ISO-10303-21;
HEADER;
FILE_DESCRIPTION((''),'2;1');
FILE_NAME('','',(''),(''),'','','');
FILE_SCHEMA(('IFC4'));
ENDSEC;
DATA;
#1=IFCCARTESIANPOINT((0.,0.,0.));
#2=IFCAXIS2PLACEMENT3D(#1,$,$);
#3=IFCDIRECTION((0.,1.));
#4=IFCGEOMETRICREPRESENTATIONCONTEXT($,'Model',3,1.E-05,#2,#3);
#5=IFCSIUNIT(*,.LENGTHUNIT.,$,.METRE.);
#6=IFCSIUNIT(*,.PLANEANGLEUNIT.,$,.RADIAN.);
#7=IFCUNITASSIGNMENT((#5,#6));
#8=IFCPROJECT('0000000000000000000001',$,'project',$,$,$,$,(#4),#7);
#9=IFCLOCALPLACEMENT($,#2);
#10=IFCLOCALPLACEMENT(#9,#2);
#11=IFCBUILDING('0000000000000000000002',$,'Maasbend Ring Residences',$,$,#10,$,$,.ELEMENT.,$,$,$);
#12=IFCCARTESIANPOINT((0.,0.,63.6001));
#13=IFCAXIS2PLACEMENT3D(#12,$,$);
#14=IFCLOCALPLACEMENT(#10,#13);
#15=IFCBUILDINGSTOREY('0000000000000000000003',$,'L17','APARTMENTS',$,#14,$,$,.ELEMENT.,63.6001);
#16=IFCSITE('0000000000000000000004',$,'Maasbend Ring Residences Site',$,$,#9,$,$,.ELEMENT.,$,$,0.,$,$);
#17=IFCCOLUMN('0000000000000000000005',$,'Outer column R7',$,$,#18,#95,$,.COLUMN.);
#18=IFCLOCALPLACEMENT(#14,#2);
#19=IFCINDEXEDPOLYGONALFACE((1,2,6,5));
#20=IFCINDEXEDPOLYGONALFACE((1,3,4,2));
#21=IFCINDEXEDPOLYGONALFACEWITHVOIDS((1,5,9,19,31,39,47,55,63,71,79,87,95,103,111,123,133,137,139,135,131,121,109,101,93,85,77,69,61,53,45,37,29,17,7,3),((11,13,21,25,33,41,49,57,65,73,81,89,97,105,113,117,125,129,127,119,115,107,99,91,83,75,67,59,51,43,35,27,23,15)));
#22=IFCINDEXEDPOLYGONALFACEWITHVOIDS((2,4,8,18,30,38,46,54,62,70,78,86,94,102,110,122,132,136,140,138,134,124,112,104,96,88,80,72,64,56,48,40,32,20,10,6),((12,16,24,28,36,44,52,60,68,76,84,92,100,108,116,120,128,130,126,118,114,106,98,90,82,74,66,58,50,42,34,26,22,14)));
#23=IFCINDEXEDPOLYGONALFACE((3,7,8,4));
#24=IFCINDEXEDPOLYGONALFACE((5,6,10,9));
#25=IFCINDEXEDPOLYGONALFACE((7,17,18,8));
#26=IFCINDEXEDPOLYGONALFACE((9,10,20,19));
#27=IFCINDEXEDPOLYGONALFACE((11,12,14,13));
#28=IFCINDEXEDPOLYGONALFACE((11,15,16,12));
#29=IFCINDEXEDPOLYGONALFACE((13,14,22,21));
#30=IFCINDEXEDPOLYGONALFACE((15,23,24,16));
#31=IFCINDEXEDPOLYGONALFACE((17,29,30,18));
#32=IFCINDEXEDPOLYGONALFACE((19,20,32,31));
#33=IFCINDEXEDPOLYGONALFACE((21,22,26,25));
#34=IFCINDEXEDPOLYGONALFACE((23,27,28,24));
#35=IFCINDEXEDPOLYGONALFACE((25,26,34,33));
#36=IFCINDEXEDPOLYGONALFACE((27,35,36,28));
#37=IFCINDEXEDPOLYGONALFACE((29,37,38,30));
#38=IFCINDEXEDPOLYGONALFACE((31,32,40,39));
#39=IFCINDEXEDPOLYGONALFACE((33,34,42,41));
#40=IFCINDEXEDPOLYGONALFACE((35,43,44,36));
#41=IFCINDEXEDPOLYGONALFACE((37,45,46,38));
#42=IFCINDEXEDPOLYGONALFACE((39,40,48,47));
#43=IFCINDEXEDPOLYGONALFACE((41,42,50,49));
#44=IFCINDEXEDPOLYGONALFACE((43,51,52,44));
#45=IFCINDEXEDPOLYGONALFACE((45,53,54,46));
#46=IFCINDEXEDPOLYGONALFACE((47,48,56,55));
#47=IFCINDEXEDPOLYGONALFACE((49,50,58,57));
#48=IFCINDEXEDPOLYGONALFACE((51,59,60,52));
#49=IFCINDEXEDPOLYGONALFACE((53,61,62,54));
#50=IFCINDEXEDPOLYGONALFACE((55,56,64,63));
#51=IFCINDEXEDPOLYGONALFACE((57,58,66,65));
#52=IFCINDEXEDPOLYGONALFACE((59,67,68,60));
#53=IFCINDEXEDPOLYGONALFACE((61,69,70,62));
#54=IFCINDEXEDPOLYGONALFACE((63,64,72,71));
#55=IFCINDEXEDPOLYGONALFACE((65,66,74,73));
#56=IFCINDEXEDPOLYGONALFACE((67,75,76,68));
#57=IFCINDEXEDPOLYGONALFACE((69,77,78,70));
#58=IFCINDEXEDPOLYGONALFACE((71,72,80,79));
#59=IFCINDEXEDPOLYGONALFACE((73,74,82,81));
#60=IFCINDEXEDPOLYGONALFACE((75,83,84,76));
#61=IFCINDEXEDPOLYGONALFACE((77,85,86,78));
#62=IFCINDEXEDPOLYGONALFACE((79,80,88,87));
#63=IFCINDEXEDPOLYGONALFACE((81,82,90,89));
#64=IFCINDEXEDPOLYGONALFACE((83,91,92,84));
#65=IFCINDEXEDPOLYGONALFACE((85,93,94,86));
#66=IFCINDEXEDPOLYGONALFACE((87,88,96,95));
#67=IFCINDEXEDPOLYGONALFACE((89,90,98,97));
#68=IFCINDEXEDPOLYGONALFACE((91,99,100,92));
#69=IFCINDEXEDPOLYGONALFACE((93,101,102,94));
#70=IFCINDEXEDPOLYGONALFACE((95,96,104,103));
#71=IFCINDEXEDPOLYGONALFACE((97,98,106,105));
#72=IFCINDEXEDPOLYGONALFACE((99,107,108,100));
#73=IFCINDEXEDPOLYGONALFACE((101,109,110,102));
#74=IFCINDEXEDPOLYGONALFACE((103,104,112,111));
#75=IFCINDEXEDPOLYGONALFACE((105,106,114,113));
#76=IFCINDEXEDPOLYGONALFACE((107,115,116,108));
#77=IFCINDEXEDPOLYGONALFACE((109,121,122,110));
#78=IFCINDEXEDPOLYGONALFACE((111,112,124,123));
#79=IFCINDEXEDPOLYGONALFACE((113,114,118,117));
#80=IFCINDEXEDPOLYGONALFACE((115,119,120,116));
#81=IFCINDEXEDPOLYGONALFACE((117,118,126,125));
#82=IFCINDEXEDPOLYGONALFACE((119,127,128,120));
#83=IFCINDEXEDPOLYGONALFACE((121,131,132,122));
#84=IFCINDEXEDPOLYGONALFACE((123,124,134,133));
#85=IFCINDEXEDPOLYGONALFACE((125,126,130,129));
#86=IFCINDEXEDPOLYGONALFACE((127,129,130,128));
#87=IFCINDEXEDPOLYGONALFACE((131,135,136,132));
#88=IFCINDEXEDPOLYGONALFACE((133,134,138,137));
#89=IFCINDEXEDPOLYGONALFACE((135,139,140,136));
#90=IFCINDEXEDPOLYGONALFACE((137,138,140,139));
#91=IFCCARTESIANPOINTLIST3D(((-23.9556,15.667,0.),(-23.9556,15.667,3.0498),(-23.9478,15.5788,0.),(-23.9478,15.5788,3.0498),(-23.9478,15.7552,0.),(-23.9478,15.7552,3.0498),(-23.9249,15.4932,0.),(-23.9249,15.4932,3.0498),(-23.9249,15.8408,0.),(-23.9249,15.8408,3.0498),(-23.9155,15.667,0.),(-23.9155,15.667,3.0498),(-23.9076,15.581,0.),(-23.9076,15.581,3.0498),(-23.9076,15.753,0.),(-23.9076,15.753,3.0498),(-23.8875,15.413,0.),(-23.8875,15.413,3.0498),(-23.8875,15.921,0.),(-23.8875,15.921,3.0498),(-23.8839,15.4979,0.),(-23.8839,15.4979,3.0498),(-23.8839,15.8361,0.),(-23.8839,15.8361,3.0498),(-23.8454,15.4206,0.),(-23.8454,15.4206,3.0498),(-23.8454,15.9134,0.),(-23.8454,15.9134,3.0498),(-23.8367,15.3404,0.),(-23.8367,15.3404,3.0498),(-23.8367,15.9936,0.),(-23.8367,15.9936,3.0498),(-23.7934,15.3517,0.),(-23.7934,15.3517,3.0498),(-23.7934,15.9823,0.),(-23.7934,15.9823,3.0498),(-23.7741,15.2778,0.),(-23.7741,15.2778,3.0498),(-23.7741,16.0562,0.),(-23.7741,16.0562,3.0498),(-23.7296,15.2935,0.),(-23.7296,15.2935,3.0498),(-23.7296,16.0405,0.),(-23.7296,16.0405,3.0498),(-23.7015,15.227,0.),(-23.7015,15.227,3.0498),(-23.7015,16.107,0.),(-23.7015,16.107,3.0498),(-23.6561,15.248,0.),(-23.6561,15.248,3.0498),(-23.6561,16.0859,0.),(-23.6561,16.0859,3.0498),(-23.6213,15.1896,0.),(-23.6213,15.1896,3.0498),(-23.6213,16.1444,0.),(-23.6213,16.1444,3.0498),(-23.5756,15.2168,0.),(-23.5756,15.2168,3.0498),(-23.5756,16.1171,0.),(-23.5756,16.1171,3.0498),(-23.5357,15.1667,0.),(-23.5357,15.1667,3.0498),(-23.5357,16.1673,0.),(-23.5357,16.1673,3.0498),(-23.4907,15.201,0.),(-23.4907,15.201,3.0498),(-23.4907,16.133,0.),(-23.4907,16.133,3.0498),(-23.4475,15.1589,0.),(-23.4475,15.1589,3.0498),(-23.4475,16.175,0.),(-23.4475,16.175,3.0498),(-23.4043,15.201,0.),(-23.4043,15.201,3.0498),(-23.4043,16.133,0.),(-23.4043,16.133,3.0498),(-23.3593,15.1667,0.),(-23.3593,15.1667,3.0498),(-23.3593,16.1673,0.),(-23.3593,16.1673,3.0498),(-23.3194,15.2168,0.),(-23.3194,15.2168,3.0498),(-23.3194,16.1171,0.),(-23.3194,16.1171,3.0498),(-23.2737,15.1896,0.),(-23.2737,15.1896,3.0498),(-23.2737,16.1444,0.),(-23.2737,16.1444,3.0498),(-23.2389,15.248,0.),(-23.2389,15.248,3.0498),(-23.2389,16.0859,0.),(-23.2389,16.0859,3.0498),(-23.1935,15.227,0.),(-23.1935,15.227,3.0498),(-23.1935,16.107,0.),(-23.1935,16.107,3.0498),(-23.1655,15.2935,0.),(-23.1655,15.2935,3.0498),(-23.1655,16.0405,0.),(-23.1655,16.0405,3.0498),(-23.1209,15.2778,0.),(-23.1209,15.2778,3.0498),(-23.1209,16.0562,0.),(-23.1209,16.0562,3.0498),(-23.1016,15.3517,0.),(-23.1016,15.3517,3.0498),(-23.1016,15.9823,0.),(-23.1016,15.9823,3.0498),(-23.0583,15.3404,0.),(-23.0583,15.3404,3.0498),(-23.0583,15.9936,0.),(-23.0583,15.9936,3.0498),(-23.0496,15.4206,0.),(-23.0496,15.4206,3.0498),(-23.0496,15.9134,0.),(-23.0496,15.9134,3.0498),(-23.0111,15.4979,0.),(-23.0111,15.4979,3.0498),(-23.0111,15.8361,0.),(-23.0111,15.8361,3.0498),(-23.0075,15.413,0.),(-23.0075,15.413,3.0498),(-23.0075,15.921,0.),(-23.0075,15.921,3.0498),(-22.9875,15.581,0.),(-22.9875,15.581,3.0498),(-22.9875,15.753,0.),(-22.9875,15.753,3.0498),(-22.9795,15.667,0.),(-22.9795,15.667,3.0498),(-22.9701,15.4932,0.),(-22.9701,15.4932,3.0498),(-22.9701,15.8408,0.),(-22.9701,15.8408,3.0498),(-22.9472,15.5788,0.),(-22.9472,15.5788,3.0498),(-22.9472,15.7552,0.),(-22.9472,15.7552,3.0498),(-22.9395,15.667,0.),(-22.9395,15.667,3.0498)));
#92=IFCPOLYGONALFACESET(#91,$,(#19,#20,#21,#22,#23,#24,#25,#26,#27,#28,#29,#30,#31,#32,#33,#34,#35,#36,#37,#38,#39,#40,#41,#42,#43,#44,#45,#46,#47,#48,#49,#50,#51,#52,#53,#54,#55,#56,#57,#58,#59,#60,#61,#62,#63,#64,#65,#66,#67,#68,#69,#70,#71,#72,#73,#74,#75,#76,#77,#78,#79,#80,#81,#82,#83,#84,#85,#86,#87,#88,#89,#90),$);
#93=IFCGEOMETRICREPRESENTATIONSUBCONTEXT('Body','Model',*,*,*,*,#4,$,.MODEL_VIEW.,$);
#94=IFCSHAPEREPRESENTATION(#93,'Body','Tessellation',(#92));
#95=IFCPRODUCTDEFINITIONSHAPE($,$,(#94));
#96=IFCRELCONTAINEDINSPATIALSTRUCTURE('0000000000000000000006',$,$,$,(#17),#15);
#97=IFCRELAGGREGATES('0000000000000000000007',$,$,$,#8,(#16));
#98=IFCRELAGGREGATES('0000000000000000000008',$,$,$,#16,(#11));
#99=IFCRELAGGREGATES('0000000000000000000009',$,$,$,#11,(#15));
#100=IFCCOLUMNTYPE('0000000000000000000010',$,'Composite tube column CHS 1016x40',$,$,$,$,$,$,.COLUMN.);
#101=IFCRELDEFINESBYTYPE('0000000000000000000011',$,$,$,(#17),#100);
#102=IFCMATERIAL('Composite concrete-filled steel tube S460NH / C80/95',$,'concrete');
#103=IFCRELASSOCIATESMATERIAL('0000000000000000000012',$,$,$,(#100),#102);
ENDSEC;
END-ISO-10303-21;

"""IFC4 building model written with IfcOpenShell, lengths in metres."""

from ifc_helpers import new_model, si_unit, direction, frame, origin, origin_2d, place, context, subcontext, project, spatial, hollow_circle, extrude, material, material_profile, profile_set, type_object, element, save


model = new_model("IFC4")

# Units and contexts
model_context = context("Model", 3, precision=1e-05, world=origin(), true_north=direction((0.0, 1.0)))
body_context = subcontext(model_context, "Body", "Model", "MODEL_VIEW")
ifc_project = project(units=[si_unit("LENGTHUNIT", "METRE"), si_unit("PLANEANGLEUNIT", "RADIAN")], contexts=[model_context])

# Site, building, storey
site_placement = place(None, origin())
site = spatial("IfcSite", under=ifc_project, at=site_placement, Name="Maasbend Ring Residences Site", CompositionType="ELEMENT", RefElevation=0.0)
building_placement = place(site_placement, origin())
building = spatial("IfcBuilding", under=site, at=building_placement, Name="Maasbend Ring Residences", CompositionType="ELEMENT")
storey_placement = place(building_placement, frame((0.0, 0.0, 63.6001)))
storey = spatial("IfcBuildingStorey", under=building, at=storey_placement, Name="L17", Description="APARTMENTS", CompositionType="ELEMENT", Elevation=63.6001)

# Column
ifc_material_1 = material(Name="Composite concrete-filled steel tube S460NH / C80/95", Category="concrete")
ifc_material_profile = material_profile(ifc_material_1, hollow_circle(Radius=0.5081, WallThickness=0.04, at=origin_2d()), Name="Composite tube column CHS 1016x40")
ifc_profile_set = profile_set([ifc_material_profile], Name="Composite concrete-filled steel tube S460NH / C80/95")
column_type = type_object("IfcColumnType", Name="Composite tube column CHS 1016x40", PredefinedType="COLUMN", material=ifc_profile_set)
column_placement = place(storey_placement, frame((-23.4475, 15.667, 0.0), z_axis=(0.0, 0.0, 1.0), x_axis=(1.0, 0.0, 0.0)))
element("IfcColumn", 1, at=column_placement, inside=storey, type_object=column_type, Name="Outer column R7", PredefinedType="COLUMN", context=body_context, shape_type="SweptSolid", body=[
    extrude(hollow_circle(Radius=0.5081, WallThickness=0.04, at=origin_2d()), origin(), (0.0, 0.0, 1.0), 3.0498),
])

save(model, "model.ifc")
